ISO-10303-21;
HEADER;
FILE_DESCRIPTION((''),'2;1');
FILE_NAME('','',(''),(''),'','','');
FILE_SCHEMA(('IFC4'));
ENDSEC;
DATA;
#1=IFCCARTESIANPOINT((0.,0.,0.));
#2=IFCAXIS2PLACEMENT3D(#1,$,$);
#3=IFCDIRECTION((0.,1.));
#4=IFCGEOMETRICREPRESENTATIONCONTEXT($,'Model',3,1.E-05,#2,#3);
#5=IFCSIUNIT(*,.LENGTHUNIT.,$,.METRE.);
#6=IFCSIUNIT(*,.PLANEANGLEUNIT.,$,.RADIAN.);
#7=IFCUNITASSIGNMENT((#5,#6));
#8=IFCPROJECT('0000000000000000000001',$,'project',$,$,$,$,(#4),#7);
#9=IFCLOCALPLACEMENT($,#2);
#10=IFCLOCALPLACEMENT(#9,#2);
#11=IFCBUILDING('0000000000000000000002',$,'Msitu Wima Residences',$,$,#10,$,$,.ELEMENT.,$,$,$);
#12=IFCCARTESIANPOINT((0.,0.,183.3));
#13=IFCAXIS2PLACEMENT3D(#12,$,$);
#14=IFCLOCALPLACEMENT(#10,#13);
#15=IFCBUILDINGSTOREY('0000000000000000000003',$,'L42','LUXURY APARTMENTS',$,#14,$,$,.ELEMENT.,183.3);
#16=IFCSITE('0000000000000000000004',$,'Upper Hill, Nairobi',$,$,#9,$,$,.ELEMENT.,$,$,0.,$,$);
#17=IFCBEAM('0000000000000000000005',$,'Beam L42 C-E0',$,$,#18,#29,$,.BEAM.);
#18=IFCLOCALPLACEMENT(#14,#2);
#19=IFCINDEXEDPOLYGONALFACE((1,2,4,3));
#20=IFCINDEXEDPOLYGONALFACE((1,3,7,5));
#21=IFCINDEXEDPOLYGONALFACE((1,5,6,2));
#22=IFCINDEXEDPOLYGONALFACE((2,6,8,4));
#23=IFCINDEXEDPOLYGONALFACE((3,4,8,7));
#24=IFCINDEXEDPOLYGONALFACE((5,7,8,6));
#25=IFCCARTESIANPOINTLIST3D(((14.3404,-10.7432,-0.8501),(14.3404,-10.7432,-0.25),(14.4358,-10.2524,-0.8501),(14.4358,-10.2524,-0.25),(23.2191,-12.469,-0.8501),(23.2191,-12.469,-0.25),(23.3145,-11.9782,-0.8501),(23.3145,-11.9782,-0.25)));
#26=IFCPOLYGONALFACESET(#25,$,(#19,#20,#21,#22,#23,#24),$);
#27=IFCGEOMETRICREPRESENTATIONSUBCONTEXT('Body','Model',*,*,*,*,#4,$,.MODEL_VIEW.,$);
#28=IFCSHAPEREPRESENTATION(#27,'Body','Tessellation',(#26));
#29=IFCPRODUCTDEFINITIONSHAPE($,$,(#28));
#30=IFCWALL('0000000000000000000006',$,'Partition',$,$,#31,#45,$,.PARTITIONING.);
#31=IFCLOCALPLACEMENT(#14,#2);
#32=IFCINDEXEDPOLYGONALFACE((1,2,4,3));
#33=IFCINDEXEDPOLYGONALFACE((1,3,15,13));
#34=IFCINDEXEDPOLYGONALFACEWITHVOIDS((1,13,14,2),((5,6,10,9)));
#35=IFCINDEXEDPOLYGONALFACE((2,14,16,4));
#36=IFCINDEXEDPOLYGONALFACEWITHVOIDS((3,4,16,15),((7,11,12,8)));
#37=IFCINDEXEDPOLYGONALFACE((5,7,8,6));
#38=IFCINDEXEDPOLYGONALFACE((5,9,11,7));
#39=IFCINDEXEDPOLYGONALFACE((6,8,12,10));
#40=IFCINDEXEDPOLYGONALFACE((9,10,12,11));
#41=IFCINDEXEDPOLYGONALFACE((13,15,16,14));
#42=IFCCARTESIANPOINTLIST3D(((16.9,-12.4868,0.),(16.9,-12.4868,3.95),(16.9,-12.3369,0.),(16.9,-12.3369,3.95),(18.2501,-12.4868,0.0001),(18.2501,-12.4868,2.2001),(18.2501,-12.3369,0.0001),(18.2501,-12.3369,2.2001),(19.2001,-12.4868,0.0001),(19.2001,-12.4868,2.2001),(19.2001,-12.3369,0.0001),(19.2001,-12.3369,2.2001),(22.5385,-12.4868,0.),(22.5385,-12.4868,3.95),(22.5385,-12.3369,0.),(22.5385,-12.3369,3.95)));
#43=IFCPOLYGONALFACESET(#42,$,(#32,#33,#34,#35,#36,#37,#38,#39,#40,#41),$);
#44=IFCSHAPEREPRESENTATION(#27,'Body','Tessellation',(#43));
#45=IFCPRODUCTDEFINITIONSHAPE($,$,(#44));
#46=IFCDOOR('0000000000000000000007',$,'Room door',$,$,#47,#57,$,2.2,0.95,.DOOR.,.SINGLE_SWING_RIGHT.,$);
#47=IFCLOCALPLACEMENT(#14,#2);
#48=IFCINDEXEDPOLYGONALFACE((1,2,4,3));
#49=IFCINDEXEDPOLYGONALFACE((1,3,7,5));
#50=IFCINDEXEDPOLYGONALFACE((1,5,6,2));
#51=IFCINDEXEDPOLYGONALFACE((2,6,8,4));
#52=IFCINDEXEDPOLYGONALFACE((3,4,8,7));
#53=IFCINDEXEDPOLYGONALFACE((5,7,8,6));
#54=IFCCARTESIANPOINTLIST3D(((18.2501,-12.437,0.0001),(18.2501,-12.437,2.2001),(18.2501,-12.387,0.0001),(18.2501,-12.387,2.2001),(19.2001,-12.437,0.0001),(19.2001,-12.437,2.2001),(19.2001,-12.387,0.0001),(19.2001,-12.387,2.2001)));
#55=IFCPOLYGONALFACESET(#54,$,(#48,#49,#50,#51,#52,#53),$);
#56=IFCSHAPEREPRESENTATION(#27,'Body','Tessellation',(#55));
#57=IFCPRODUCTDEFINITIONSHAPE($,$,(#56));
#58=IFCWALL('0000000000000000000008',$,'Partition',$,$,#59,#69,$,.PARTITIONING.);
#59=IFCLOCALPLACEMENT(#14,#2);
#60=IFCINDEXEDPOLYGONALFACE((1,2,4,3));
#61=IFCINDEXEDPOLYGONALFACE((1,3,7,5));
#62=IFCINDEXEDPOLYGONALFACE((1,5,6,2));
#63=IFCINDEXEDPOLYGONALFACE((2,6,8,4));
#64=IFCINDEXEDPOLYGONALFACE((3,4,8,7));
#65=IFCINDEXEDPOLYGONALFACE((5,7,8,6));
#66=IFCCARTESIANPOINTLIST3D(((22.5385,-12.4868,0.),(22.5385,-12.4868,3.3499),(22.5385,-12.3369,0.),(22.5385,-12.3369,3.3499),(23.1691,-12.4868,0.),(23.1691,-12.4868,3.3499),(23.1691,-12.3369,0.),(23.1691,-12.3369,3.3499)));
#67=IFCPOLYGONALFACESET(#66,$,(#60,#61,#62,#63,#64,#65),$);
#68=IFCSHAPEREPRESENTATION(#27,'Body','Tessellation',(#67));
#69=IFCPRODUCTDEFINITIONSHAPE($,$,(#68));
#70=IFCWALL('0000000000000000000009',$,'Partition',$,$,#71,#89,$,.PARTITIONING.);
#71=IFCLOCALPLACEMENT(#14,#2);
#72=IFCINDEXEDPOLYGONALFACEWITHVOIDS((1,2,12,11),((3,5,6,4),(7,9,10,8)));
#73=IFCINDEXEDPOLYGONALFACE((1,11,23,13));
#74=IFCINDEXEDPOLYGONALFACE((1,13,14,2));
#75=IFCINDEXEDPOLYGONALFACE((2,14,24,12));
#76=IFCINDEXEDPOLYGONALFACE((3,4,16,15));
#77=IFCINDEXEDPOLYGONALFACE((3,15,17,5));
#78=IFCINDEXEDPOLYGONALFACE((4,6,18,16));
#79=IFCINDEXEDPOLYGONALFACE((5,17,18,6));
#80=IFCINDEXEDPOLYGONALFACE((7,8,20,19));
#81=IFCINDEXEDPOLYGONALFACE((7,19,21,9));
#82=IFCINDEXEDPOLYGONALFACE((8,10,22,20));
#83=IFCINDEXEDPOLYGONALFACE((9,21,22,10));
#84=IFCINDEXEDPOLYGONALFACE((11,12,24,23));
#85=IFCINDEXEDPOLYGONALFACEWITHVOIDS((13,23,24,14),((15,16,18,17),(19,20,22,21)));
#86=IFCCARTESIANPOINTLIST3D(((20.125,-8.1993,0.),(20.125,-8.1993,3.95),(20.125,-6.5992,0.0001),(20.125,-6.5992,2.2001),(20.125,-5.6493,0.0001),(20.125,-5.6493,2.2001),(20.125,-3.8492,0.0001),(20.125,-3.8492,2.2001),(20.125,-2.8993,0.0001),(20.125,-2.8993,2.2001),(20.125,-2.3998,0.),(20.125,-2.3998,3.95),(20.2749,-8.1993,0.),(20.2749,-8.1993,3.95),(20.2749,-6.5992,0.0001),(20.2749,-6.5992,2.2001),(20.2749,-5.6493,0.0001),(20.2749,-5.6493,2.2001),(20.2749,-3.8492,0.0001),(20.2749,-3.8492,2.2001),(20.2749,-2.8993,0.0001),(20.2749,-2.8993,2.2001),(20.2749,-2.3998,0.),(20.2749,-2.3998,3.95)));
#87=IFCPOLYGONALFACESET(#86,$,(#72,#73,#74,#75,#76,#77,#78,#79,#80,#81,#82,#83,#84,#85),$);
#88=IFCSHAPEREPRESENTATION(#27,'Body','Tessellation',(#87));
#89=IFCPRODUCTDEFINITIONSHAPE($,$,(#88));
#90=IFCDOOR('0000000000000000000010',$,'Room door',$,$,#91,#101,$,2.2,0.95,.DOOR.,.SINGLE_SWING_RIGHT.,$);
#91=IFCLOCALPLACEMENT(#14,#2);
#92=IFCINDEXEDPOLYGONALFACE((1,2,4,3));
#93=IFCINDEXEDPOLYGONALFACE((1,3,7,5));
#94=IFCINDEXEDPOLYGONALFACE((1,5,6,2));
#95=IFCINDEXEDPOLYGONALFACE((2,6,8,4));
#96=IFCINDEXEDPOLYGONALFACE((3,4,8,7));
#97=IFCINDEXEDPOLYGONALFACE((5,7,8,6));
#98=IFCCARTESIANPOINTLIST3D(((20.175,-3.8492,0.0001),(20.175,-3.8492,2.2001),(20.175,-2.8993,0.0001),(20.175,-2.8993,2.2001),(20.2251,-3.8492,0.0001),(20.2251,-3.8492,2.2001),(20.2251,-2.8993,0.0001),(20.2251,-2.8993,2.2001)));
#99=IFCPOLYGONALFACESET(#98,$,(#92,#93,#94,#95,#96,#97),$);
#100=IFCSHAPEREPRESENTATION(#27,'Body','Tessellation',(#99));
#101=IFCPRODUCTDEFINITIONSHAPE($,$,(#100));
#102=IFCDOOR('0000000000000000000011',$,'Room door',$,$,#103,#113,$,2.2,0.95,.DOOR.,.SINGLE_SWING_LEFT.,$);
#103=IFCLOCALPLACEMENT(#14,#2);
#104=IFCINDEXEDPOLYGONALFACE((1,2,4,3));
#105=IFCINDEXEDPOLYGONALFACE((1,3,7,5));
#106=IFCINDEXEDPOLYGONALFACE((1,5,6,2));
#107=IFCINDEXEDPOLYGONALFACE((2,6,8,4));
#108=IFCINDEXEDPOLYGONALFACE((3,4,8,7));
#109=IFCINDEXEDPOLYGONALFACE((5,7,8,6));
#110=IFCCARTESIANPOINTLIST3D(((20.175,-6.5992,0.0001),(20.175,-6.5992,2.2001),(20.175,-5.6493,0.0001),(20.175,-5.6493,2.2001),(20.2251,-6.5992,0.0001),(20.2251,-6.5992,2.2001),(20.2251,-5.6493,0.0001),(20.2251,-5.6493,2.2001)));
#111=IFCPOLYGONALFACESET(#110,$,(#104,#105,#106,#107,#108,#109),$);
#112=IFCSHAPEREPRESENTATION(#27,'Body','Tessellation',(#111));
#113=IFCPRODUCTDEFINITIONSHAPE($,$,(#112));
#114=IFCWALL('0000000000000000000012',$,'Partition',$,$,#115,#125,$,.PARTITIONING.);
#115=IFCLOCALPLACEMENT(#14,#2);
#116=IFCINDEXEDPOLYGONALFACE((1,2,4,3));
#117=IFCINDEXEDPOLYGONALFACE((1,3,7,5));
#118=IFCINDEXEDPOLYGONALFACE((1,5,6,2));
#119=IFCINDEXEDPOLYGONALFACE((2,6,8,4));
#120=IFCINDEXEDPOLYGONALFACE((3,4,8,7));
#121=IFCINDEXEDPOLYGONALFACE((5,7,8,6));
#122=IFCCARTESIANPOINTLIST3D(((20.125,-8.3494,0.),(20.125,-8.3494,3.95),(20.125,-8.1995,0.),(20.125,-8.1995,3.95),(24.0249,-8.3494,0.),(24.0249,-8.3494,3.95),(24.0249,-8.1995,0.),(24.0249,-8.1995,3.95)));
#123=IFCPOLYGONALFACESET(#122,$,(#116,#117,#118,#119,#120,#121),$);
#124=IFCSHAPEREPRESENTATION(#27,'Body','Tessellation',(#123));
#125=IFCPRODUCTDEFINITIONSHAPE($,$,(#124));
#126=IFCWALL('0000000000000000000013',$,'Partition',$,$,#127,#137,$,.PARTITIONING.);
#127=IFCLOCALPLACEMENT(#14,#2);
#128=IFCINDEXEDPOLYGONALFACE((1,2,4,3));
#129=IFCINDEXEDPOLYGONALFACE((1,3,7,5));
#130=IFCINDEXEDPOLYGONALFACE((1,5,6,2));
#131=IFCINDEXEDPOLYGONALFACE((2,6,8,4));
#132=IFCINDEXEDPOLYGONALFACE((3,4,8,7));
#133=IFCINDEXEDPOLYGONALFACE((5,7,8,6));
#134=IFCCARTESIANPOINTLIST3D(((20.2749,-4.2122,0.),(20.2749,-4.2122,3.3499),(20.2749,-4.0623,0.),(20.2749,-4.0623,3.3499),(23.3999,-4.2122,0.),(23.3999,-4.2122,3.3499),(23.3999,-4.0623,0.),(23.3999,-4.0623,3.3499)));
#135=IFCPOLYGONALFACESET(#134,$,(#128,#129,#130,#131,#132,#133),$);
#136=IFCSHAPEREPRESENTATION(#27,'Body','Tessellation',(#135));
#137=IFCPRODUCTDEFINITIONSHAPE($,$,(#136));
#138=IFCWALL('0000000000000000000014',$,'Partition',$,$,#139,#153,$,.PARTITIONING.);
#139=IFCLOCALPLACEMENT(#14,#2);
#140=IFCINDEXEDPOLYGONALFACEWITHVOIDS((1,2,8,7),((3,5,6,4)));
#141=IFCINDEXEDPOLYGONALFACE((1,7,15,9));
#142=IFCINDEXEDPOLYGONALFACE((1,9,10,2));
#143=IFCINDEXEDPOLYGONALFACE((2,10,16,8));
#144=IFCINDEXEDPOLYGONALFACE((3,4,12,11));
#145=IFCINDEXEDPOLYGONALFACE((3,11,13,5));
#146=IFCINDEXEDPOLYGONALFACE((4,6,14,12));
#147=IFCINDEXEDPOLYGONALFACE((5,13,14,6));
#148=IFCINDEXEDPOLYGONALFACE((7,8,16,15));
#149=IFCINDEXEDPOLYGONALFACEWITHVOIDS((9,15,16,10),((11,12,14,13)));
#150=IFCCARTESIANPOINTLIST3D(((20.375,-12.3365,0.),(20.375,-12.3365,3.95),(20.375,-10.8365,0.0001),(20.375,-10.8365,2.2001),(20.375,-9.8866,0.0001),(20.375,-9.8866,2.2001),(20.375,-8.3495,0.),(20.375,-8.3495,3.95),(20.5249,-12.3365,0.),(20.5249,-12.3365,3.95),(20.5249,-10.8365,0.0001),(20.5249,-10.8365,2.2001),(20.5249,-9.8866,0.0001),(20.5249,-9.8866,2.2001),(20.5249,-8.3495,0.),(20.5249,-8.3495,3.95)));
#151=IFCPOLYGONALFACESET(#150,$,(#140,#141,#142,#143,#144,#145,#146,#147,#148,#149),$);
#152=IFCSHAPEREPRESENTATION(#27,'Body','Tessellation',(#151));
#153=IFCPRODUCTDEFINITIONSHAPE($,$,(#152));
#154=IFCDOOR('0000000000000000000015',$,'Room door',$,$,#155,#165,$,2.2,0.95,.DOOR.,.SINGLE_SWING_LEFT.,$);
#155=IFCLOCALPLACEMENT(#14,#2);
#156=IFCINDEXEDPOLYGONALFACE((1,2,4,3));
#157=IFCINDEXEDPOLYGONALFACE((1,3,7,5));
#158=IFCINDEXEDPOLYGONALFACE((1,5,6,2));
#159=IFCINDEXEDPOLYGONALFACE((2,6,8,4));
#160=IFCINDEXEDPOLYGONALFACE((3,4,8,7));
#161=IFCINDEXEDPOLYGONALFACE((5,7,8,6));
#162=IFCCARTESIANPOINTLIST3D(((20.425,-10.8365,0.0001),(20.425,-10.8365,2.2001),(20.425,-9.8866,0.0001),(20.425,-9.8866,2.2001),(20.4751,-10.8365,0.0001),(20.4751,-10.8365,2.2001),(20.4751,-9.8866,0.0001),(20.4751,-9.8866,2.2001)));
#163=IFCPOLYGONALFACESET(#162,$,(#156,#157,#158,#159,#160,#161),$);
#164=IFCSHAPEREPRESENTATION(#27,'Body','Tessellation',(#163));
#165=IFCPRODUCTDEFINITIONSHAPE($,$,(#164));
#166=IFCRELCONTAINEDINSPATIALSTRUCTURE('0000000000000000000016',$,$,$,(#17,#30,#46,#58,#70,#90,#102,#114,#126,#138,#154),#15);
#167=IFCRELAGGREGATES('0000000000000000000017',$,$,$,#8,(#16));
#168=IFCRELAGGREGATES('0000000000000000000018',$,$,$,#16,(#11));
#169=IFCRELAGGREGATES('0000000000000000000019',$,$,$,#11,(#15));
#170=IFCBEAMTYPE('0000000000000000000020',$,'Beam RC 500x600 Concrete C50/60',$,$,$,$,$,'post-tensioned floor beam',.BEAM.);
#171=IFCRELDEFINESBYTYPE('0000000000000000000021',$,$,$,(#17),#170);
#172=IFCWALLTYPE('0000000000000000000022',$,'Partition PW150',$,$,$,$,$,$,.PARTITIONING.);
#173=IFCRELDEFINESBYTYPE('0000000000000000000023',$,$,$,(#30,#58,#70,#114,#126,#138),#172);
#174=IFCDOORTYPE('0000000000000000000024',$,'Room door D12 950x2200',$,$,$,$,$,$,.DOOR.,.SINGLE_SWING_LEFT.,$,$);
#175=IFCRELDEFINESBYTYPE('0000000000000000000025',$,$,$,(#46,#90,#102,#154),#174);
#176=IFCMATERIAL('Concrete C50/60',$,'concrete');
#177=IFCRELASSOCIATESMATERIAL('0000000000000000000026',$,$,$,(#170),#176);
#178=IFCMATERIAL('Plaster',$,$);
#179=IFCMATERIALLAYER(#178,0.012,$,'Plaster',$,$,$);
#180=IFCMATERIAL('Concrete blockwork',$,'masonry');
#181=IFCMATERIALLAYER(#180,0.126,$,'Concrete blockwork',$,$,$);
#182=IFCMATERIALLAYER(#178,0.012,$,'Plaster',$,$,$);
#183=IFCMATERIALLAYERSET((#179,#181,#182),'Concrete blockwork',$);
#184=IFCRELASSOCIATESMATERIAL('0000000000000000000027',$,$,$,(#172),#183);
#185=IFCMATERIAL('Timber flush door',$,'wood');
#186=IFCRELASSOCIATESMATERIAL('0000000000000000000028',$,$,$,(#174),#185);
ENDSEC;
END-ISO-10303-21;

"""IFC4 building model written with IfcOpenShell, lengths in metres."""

from ifc_helpers import new_model, si_unit, direction, frame, frame_2d, origin, origin_2d, place, context, subcontext, project, spatial, rectangle, extrude, material, layer, layer_set, material_profile, profile_set, type_object, element, fill, save


model = new_model("IFC4")

# Units and contexts
model_context = context("Model", 3, precision=1e-05, world=origin(), true_north=direction((0.0, 1.0)))
body_context = subcontext(model_context, "Body", "Model", "MODEL_VIEW")
ifc_project = project(units=[si_unit("LENGTHUNIT", "METRE"), si_unit("PLANEANGLEUNIT", "RADIAN")], contexts=[model_context])

# Site, building, storey
site_placement = place(None, origin())
site = spatial("IfcSite", under=ifc_project, at=site_placement, Name="Upper Hill, Nairobi", CompositionType="ELEMENT", RefElevation=0.0)
building_placement = place(site_placement, origin())
building = spatial("IfcBuilding", under=site, at=building_placement, Name="Msitu Wima Residences", CompositionType="ELEMENT")
storey_placement = place(building_placement, frame((0.0, 0.0, 183.3)))
storey = spatial("IfcBuildingStorey", under=building, at=storey_placement, Name="L42", Description="LUXURY APARTMENTS", CompositionType="ELEMENT", Elevation=183.3)

# Beam
ifc_material_1 = material(Name="Concrete C50/60", Category="concrete")
ifc_material_profile = material_profile(ifc_material_1, rectangle(XDim=0.5, YDim=0.6001, at=origin_2d()), Name="RC 500x600")
ifc_profile_set = profile_set([ifc_material_profile], Name="Concrete C50/60")
beam_type = type_object("IfcBeamType", Name="Beam RC 500x600 Concrete C50/60", ElementType="post-tensioned floor beam", PredefinedType="BEAM", material=ifc_profile_set)
beam_placement = place(storey_placement, frame((23.2668, -12.2236, -0.55), z_axis=(-0.981627, 0.190808, 0.0), x_axis=(-0.190808, -0.981627, 0.0)))
element("IfcBeam", 1, at=beam_placement, inside=storey, type_object=beam_type, Name="Beam L42 C-E0", PredefinedType="BEAM", context=body_context, shape_type="SweptSolid", body=[
    extrude(rectangle(XDim=0.5, YDim=0.6001, at=origin_2d()), origin(), (0.0, 0.0, 1.0), 9.0449),
])

# Wall, opening, door
ifc_material_2 = material(Name="Plaster")
ifc_layer_1 = layer(ifc_material_2, 0.012, Name="Plaster")
ifc_material_3 = material(Name="Concrete blockwork", Category="masonry")
ifc_layer_2 = layer(ifc_material_3, 0.126, Name="Concrete blockwork")
ifc_layer_3 = layer(ifc_material_2, 0.012, Name="Plaster")
ifc_layer_set_1 = layer_set([ifc_layer_1, ifc_layer_2, ifc_layer_3], Name="Concrete blockwork")
wall_type_1 = type_object("IfcWallType", Name="Partition PW150", PredefinedType="PARTITIONING", material=ifc_layer_set_1)
wall_1_placement = place(storey_placement, frame((16.8999, -12.4119, 0.0), z_axis=(0.0, 0.0, 1.0), x_axis=(1.0, 0.0, 0.0)))
wall_1 = element("IfcWall", 2, at=wall_1_placement, inside=storey, type_object=wall_type_1, Name="Partition", PredefinedType="PARTITIONING", context=body_context, shape_type="SweptSolid", body=[
    extrude(rectangle(XDim=5.6384, YDim=0.1499, at=frame_2d((2.8193, 0.0))), origin(), (0.0, 0.0, 1.0), 3.95),
])
opening_1_placement = place(wall_1_placement, frame((1.3501, 0.0, 0.0)))
opening_1 = element("IfcOpeningElement", 3, at=opening_1_placement, cuts=wall_1, PredefinedType="OPENING", context=body_context, shape_type="SweptSolid", body=[
    extrude(rectangle(XDim=0.95, YDim=2.2, at=frame_2d((0.4751, 1.1001))), frame((0.0, 0.085, 0.0), z_axis=(0.0, -1.0, 0.0), x_axis=(1.0, 0.0, 0.0)), (0.0, 0.0, 1.0), 0.1699),
])
ifc_material_4 = material(Name="Timber flush door", Category="wood")
door_type_1 = type_object("IfcDoorType", Name="Room door D12 950x2200", OperationType="SINGLE_SWING_LEFT", PredefinedType="DOOR", material=ifc_material_4)
door_1_placement = place(opening_1_placement, origin())
door_1 = element("IfcDoor", 4, at=door_1_placement, inside=storey, type_object=door_type_1, Name="Room door", OperationType="SINGLE_SWING_RIGHT", OverallHeight=2.2, OverallWidth=0.95, PredefinedType="DOOR", context=body_context, shape_type="SweptSolid", body=[
    extrude(rectangle(XDim=0.95, YDim=2.2, at=frame_2d((0.4751, 1.1001))), frame((0.0, 0.0249, 0.0), z_axis=(0.0, -1.0, 0.0), x_axis=(1.0, 0.0, 0.0)), (0.0, 0.0, 1.0), 0.05),
])
fill(opening_1, door_1)

# Wall
wall_2_placement = place(storey_placement, frame((22.5383, -12.4119, 0.0), z_axis=(0.0, 0.0, 1.0), x_axis=(1.0, 0.0, 0.0)))
element("IfcWall", 5, at=wall_2_placement, inside=storey, type_object=wall_type_1, Name="Partition", PredefinedType="PARTITIONING", context=body_context, shape_type="SweptSolid", body=[
    extrude(rectangle(XDim=0.6306, YDim=0.1499, at=frame_2d((0.3154, 0.0))), origin(), (0.0, 0.0, 1.0), 3.3499),
])

# Wall, openings, doors
wall_3_placement = place(storey_placement, frame((20.2, -8.1995, 0.0), z_axis=(0.0, 0.0, 1.0), x_axis=(0.0, 1.0, 0.0)))
wall_3 = element("IfcWall", 6, at=wall_3_placement, inside=storey, type_object=wall_type_1, Name="Partition", PredefinedType="PARTITIONING", context=body_context, shape_type="SweptSolid", body=[
    extrude(rectangle(XDim=5.7996, YDim=0.1499, at=frame_2d((2.8999, 0.0))), origin(), (0.0, 0.0, 1.0), 3.95),
])
opening_2_placement = place(wall_3_placement, frame((4.3501, 0.0, 0.0)))
opening_2 = element("IfcOpeningElement", 7, at=opening_2_placement, cuts=wall_3, PredefinedType="OPENING", context=body_context, shape_type="SweptSolid", body=[
    extrude(rectangle(XDim=0.95, YDim=2.2, at=frame_2d((0.4751, 1.1001))), frame((0.0, 0.085, 0.0), z_axis=(0.0, -1.0, 0.0), x_axis=(1.0, 0.0, 0.0)), (0.0, 0.0, 1.0), 0.1699),
])
opening_3_placement = place(wall_3_placement, frame((1.6001, 0.0, 0.0)))
opening_3 = element("IfcOpeningElement", 8, at=opening_3_placement, cuts=wall_3, PredefinedType="OPENING", context=body_context, shape_type="SweptSolid", body=[
    extrude(rectangle(XDim=0.95, YDim=2.2, at=frame_2d((0.4751, 1.1001))), frame((0.0, 0.085, 0.0), z_axis=(0.0, -1.0, 0.0), x_axis=(1.0, 0.0, 0.0)), (0.0, 0.0, 1.0), 0.1699),
])
door_2_placement = place(opening_2_placement, origin())
door_2 = element("IfcDoor", 9, at=door_2_placement, inside=storey, type_object=door_type_1, Name="Room door", OperationType="SINGLE_SWING_RIGHT", OverallHeight=2.2, OverallWidth=0.95, PredefinedType="DOOR", context=body_context, shape_type="SweptSolid", body=[
    extrude(rectangle(XDim=0.95, YDim=2.2, at=frame_2d((0.4751, 1.1001))), frame((0.0, 0.0249, 0.0), z_axis=(0.0, -1.0, 0.0), x_axis=(1.0, 0.0, 0.0)), (0.0, 0.0, 1.0), 0.05),
])
fill(opening_2, door_2)
door_3_placement = place(opening_3_placement, origin())
door_3 = element("IfcDoor", 10, at=door_3_placement, inside=storey, type_object=door_type_1, Name="Room door", OperationType="SINGLE_SWING_LEFT", OverallHeight=2.2, OverallWidth=0.95, PredefinedType="DOOR", context=body_context, shape_type="SweptSolid", body=[
    extrude(rectangle(XDim=0.95, YDim=2.2, at=frame_2d((0.4751, 1.1001))), frame((0.0, 0.0249, 0.0), z_axis=(0.0, -1.0, 0.0), x_axis=(1.0, 0.0, 0.0)), (0.0, 0.0, 1.0), 0.05),
])
fill(opening_3, door_3)

# Walls
wall_4_placement = place(storey_placement, frame((20.125, -8.2744, 0.0), z_axis=(0.0, 0.0, 1.0), x_axis=(1.0, 0.0, 0.0)))
element("IfcWall", 11, at=wall_4_placement, inside=storey, type_object=wall_type_1, Name="Partition", PredefinedType="PARTITIONING", context=body_context, shape_type="SweptSolid", body=[
    extrude(rectangle(XDim=3.8999, YDim=0.1499, at=frame_2d((1.95, 0.0))), origin(), (0.0, 0.0, 1.0), 3.95),
])
wall_5_placement = place(storey_placement, frame((20.2749, -4.1372, 0.0), z_axis=(0.0, 0.0, 1.0), x_axis=(1.0, 0.0, 0.0)))
element("IfcWall", 12, at=wall_5_placement, inside=storey, type_object=wall_type_1, Name="Partition", PredefinedType="PARTITIONING", context=body_context, shape_type="SweptSolid", body=[
    extrude(rectangle(XDim=3.125, YDim=0.1499, at=frame_2d((1.5625, 0.0))), origin(), (0.0, 0.0, 1.0), 3.3499),
])

# Wall, opening, door
wall_6_placement = place(storey_placement, frame((20.45, -12.3367, 0.0), z_axis=(0.0, 0.0, 1.0), x_axis=(0.0, 1.0, 0.0)))
wall_6 = element("IfcWall", 13, at=wall_6_placement, inside=storey, type_object=wall_type_1, Name="Partition", PredefinedType="PARTITIONING", context=body_context, shape_type="SweptSolid", body=[
    extrude(rectangle(XDim=3.9871, YDim=0.1499, at=frame_2d((1.9937, 0.0))), origin(), (0.0, 0.0, 1.0), 3.95),
])
opening_4_placement = place(wall_6_placement, frame((1.5, 0.0, 0.0)))
opening_4 = element("IfcOpeningElement", 14, at=opening_4_placement, cuts=wall_6, PredefinedType="OPENING", context=body_context, shape_type="SweptSolid", body=[
    extrude(rectangle(XDim=0.95, YDim=2.2, at=frame_2d((0.4751, 1.1001))), frame((0.0, 0.085, 0.0), z_axis=(0.0, -1.0, 0.0), x_axis=(1.0, 0.0, 0.0)), (0.0, 0.0, 1.0), 0.1699),
])
door_4_placement = place(opening_4_placement, origin())
door_4 = element("IfcDoor", 15, at=door_4_placement, inside=storey, type_object=door_type_1, Name="Room door", OperationType="SINGLE_SWING_LEFT", OverallHeight=2.2, OverallWidth=0.95, PredefinedType="DOOR", context=body_context, shape_type="SweptSolid", body=[
    extrude(rectangle(XDim=0.95, YDim=2.2, at=frame_2d((0.4751, 1.1001))), frame((0.0, 0.0249, 0.0), z_axis=(0.0, -1.0, 0.0), x_axis=(1.0, 0.0, 0.0)), (0.0, 0.0, 1.0), 0.05),
])
fill(opening_4, door_4)

save(model, "model.ifc")
